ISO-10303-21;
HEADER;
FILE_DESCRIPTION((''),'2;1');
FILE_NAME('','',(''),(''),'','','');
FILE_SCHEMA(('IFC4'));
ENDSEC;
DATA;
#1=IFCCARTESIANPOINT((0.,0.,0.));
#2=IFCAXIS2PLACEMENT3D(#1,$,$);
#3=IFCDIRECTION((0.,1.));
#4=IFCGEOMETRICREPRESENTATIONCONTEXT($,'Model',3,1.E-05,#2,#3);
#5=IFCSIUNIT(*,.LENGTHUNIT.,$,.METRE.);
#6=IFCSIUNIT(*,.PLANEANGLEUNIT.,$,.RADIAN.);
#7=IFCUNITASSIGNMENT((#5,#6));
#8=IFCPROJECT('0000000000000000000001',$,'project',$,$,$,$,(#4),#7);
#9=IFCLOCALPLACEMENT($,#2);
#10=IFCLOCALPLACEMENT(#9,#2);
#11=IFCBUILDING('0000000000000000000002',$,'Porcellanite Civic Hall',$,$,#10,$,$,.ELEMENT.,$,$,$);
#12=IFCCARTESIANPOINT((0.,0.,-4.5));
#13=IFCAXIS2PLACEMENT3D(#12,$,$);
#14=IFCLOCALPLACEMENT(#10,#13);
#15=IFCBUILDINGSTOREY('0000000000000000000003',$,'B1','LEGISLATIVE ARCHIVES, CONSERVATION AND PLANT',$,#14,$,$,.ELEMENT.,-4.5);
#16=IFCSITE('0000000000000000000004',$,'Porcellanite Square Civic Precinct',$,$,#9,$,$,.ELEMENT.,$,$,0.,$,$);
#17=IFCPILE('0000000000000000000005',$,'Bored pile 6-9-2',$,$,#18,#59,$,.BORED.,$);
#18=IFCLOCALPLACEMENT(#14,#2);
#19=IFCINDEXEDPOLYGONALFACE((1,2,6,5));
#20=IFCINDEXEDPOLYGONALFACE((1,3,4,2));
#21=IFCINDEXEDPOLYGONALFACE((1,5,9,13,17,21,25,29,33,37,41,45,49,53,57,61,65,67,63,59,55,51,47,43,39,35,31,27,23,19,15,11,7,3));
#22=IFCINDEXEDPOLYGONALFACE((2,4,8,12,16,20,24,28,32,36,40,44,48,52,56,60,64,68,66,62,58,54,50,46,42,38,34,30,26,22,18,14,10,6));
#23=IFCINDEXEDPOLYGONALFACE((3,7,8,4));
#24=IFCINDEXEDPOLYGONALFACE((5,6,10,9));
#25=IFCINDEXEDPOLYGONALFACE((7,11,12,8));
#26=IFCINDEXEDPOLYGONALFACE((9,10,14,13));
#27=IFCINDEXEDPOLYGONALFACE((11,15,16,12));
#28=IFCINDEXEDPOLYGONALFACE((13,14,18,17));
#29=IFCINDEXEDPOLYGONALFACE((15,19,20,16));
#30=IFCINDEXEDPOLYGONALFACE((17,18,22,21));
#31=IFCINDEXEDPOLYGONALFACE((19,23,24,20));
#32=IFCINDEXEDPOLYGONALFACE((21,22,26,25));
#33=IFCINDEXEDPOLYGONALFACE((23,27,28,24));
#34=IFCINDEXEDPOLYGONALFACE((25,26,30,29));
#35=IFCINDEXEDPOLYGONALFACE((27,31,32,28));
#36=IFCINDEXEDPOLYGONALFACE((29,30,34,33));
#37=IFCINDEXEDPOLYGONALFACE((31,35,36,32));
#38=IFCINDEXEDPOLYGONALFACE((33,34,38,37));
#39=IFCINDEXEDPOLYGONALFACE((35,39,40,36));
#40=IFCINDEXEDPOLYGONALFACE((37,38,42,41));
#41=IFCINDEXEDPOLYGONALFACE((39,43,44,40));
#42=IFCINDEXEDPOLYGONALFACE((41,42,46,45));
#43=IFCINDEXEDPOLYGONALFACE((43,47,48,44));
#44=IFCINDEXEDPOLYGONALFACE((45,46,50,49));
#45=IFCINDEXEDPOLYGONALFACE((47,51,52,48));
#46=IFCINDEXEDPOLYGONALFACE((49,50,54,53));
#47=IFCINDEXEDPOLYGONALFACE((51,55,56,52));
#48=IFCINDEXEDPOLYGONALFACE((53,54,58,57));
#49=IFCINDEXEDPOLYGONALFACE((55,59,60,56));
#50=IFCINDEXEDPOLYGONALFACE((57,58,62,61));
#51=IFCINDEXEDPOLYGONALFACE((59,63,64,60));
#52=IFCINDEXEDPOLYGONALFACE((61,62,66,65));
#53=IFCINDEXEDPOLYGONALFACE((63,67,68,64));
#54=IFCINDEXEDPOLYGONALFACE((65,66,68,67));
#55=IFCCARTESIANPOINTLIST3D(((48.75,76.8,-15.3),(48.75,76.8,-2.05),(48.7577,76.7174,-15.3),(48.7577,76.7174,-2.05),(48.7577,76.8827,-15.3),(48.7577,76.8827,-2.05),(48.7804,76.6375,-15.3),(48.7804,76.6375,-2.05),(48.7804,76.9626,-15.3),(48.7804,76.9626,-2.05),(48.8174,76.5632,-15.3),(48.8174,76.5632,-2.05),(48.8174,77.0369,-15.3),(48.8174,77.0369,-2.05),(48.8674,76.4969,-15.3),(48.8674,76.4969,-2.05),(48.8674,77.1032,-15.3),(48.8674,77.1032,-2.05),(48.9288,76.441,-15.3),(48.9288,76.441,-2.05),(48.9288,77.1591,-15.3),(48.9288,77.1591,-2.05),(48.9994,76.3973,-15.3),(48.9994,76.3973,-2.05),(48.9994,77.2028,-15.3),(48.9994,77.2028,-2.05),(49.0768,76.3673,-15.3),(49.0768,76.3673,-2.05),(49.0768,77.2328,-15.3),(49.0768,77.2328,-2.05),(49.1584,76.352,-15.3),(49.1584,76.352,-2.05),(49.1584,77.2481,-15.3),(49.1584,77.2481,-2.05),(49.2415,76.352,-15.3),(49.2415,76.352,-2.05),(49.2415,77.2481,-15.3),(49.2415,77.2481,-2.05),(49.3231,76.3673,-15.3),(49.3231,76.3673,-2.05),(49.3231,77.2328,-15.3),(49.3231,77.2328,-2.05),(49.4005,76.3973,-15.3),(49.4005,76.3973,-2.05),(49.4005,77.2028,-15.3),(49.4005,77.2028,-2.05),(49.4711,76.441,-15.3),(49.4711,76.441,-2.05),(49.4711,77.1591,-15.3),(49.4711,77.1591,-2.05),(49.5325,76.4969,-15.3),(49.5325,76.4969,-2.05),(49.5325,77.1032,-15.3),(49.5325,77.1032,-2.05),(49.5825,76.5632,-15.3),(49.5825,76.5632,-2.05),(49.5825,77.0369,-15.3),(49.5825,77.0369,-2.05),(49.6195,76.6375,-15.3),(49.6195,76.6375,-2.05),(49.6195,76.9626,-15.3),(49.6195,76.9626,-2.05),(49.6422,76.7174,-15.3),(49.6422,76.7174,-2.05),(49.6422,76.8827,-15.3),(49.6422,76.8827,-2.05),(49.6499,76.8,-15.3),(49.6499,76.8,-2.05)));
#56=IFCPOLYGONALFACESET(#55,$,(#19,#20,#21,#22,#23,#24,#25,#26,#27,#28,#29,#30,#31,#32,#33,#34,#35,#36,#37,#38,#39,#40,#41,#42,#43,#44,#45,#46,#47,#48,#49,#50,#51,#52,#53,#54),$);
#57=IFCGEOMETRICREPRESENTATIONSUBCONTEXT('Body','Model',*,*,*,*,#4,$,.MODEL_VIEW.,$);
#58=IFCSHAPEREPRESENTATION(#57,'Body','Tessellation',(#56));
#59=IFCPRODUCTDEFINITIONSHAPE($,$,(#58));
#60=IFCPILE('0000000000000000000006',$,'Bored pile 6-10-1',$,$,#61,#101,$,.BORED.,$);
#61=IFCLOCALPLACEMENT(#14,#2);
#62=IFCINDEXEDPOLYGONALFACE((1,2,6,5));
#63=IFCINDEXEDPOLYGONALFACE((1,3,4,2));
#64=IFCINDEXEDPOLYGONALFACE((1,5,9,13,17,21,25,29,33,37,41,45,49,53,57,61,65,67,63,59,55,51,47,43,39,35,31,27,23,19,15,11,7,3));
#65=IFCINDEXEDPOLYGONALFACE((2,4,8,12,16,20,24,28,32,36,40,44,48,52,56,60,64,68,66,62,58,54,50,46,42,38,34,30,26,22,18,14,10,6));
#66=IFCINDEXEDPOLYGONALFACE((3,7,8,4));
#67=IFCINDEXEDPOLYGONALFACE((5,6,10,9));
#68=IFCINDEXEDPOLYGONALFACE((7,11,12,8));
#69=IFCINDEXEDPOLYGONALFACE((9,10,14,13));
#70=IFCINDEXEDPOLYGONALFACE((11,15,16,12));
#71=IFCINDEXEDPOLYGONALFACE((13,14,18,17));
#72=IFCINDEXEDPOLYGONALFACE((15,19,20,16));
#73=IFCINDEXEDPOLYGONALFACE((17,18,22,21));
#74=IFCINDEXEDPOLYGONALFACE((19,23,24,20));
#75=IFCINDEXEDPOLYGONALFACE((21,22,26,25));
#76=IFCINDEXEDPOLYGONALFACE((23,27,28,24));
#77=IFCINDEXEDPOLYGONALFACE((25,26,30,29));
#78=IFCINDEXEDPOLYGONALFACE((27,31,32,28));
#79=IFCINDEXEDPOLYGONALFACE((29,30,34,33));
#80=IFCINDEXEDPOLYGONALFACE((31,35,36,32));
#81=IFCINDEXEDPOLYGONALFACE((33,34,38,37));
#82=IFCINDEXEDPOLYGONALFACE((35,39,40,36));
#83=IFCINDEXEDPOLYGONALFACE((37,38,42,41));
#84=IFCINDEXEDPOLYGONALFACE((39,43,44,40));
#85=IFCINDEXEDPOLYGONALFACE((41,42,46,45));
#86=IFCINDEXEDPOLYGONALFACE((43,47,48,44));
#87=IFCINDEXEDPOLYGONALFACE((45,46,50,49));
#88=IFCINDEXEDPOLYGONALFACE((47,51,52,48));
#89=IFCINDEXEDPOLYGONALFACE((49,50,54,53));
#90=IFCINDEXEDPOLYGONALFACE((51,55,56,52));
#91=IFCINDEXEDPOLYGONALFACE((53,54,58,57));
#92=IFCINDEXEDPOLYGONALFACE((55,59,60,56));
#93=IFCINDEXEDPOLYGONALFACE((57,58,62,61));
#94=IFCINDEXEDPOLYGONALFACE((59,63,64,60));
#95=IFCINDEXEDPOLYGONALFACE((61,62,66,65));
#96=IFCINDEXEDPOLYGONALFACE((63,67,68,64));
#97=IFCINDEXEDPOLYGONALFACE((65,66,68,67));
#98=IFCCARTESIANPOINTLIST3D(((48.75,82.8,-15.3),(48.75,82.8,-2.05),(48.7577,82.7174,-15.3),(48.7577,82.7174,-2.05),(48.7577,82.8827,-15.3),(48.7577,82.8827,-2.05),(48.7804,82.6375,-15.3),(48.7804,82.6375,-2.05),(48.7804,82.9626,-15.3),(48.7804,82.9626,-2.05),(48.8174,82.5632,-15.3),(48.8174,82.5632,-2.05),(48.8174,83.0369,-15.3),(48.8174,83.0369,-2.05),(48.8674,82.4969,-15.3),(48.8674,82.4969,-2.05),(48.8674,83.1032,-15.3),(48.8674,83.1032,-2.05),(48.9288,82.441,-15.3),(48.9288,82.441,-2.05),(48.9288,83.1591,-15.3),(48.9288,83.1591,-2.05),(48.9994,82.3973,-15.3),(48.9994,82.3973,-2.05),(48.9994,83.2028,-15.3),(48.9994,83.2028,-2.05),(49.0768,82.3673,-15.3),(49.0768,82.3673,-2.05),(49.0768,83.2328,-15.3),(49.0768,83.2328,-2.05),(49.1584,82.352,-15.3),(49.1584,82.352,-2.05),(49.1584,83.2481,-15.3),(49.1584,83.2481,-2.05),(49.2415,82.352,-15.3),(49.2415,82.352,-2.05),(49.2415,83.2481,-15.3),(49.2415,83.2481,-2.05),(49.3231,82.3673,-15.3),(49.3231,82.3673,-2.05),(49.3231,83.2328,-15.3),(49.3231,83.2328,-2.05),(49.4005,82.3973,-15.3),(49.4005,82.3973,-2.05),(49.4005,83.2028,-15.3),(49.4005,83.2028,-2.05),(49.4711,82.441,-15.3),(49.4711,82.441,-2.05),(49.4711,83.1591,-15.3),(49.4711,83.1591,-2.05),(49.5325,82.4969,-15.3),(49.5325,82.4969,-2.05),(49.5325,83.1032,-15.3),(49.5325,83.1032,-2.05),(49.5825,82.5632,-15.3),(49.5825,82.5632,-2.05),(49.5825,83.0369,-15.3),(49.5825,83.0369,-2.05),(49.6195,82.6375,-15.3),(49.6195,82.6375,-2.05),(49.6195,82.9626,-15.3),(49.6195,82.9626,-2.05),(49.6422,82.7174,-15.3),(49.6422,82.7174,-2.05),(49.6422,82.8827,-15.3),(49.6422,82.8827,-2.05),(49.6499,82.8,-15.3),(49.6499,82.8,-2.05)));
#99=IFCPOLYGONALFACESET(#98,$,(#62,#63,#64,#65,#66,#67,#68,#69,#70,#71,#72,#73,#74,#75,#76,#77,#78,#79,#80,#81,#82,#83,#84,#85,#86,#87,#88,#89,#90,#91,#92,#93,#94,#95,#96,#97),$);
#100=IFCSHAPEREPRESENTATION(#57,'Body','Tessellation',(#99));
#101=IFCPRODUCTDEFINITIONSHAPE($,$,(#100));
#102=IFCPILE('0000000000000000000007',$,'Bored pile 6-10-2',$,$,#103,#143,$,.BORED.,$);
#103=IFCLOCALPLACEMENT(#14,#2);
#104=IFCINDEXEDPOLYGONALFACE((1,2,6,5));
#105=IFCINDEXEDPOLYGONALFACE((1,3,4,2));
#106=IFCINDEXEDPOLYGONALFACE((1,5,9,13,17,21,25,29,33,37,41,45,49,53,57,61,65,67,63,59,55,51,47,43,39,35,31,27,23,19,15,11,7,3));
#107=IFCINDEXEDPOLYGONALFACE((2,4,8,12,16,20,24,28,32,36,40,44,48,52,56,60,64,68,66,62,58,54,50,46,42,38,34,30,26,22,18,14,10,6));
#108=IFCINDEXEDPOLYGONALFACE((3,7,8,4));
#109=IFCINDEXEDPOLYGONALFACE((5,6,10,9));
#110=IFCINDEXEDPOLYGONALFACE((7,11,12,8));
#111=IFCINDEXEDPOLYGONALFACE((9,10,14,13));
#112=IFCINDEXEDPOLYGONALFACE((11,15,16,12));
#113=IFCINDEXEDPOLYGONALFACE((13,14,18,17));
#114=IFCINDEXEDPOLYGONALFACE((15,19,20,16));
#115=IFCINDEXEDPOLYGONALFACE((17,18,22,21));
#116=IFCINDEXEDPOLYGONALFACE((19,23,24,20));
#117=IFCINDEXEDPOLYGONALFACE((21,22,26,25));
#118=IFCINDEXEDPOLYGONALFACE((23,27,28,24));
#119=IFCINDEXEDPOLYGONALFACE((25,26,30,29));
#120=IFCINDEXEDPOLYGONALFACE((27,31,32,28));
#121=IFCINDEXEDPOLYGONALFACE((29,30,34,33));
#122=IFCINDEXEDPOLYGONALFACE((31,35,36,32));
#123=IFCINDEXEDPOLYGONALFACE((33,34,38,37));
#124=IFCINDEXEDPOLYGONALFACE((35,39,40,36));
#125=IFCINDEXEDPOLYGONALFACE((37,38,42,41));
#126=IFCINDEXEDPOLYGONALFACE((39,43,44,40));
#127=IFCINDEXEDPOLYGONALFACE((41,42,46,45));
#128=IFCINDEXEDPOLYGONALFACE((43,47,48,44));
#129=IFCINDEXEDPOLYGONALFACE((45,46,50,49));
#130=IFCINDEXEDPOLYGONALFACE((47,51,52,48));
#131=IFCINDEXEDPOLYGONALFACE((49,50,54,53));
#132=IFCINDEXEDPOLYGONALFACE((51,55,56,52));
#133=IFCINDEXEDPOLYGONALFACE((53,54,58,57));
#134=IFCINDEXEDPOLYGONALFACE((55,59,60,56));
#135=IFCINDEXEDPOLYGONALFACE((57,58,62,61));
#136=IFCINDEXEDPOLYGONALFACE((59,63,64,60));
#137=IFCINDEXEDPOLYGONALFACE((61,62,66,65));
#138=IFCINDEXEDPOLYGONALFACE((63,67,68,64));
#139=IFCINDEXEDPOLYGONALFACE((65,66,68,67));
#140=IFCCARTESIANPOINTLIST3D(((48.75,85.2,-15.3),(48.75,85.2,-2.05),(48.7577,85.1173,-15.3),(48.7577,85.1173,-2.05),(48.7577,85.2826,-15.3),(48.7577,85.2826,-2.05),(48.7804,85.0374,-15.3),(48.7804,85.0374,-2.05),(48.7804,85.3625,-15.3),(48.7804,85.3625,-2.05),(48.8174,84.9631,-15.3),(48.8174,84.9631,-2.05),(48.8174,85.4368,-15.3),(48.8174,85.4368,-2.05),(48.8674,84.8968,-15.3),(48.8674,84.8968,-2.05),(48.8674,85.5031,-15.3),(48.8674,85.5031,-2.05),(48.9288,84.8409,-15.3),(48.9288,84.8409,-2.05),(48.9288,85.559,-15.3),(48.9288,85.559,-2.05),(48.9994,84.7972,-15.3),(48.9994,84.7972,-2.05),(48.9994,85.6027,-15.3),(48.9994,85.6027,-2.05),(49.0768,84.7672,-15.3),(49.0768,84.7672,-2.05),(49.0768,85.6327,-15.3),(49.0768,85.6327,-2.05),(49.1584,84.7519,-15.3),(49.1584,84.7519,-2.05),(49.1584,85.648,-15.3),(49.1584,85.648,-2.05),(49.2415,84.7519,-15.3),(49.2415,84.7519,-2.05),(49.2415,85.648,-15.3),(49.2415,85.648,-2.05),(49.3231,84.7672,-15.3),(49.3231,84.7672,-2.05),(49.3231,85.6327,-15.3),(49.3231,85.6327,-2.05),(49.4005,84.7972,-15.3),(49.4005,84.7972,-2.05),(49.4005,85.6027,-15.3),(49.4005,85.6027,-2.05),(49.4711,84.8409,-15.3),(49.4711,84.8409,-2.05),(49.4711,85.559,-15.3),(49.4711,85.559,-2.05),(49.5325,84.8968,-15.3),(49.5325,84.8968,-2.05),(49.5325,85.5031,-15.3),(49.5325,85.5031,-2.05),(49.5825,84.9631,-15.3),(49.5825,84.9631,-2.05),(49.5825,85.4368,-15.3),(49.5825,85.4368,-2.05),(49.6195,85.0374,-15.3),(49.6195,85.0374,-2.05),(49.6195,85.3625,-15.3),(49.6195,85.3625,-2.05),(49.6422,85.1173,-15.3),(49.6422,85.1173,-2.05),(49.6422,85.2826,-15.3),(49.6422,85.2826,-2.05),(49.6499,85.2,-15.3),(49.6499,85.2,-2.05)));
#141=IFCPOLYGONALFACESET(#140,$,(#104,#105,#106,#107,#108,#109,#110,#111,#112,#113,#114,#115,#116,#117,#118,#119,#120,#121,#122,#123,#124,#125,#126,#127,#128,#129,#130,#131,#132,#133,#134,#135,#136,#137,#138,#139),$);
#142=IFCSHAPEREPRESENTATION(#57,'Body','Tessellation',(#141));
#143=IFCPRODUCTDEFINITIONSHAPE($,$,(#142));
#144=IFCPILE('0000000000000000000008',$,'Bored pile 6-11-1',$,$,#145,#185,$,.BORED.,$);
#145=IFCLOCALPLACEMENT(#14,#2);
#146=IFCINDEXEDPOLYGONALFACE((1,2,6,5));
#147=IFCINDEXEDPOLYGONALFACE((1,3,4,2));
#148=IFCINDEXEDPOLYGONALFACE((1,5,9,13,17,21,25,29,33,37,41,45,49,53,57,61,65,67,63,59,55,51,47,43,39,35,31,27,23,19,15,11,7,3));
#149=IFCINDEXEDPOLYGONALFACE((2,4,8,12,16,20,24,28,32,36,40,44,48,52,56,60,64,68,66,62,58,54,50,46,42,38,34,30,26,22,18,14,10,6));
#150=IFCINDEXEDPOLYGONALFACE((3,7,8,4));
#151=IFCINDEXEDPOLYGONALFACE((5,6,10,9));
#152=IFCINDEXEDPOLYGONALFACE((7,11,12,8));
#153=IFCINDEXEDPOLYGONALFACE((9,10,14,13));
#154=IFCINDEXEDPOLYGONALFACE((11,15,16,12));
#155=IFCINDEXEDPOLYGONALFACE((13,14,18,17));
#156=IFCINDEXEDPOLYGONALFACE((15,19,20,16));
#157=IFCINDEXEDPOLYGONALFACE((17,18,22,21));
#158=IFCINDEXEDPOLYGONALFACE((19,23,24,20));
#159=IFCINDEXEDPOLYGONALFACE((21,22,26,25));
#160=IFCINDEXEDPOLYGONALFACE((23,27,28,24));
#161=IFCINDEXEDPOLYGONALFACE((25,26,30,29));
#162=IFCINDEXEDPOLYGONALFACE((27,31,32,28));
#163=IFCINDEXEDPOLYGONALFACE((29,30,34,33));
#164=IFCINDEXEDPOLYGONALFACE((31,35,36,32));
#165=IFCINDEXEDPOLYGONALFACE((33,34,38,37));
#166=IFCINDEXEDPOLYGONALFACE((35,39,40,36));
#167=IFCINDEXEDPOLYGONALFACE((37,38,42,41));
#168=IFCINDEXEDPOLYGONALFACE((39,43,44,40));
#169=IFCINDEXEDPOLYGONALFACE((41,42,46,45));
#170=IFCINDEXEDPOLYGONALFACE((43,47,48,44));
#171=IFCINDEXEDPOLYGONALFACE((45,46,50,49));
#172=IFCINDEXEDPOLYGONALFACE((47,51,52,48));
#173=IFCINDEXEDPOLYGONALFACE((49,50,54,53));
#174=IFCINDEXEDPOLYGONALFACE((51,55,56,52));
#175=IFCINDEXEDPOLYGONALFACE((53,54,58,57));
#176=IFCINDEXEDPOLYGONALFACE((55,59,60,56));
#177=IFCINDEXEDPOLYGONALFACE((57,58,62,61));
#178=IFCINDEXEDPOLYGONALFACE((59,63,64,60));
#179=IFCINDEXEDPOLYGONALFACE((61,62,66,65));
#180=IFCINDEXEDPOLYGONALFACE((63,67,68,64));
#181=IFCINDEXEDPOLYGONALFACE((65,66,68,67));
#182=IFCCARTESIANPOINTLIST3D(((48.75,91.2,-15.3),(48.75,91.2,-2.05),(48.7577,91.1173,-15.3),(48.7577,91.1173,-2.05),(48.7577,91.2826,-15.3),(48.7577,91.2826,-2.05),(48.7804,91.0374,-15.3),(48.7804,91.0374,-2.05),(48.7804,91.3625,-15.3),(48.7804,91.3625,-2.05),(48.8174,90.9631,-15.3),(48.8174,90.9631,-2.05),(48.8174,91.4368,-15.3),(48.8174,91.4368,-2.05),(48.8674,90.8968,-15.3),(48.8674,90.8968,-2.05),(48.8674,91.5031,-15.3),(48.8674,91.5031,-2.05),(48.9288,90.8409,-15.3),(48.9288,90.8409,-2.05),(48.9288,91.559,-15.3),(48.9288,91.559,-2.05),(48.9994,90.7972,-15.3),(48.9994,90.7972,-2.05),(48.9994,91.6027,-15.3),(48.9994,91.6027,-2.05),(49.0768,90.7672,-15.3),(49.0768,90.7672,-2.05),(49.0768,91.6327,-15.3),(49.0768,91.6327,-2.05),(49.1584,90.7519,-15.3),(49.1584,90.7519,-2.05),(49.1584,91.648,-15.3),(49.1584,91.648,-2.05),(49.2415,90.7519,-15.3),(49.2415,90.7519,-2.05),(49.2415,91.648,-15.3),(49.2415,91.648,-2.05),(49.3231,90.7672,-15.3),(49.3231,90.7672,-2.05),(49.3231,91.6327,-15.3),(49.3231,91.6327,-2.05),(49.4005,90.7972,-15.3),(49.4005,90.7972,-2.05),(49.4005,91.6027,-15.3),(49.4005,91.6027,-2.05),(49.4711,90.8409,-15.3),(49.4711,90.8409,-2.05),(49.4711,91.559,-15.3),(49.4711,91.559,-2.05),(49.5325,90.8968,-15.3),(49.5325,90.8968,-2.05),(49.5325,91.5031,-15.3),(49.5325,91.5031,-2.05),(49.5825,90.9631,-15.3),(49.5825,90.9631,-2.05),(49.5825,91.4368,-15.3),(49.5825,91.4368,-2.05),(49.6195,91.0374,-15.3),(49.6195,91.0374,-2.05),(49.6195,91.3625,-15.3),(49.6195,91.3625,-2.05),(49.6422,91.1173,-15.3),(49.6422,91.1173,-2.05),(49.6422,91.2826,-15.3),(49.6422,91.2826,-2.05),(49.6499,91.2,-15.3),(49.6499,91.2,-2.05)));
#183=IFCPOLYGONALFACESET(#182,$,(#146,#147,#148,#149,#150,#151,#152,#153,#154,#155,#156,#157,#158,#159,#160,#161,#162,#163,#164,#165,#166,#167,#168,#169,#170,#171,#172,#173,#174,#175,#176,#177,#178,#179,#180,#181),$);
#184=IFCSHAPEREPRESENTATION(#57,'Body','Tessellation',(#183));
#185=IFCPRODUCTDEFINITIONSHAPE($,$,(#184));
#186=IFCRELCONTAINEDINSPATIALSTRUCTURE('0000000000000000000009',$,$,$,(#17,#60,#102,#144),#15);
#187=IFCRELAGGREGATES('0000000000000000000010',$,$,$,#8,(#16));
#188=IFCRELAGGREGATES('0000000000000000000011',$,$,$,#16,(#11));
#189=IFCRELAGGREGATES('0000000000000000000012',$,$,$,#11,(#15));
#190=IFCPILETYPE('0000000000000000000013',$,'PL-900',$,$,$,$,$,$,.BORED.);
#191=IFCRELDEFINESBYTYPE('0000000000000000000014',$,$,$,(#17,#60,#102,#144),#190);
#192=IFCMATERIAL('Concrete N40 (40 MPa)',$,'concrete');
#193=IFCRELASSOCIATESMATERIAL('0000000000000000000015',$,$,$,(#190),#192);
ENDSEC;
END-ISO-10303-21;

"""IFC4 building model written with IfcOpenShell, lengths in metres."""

from ifc_helpers import new_model, si_unit, direction, frame, origin, origin_2d, place, context, subcontext, project, spatial, circle, extrude, material, material_profile, profile_set, type_object, element, save


model = new_model("IFC4")

# Units and contexts
model_context = context("Model", 3, precision=1e-05, world=origin(), true_north=direction((0.0, 1.0)))
body_context = subcontext(model_context, "Body", "Model", "MODEL_VIEW")
ifc_project = project(units=[si_unit("LENGTHUNIT", "METRE"), si_unit("PLANEANGLEUNIT", "RADIAN")], contexts=[model_context])

# Site, building, storey
site_placement = place(None, origin())
site = spatial("IfcSite", under=ifc_project, at=site_placement, Name="Porcellanite Square Civic Precinct", CompositionType="ELEMENT", RefElevation=0.0)
building_placement = place(site_placement, origin())
building = spatial("IfcBuilding", under=site, at=building_placement, Name="Porcellanite Civic Hall", CompositionType="ELEMENT")
storey_placement = place(building_placement, frame((0.0, 0.0, -4.5)))
storey = spatial("IfcBuildingStorey", under=building, at=storey_placement, Name="B1", Description="LEGISLATIVE ARCHIVES, CONSERVATION AND PLANT", CompositionType="ELEMENT", Elevation=-4.5)

# Piles
ifc_material_1 = material(Name="Concrete N40 (40 MPa)", Category="concrete")
ifc_material_profile_1 = material_profile(ifc_material_1, circle(Radius=0.45, at=origin_2d()), Name="PILE-D900")
ifc_profile_set_1 = profile_set([ifc_material_profile_1], Name="Concrete N40 (40 MPa)")
pile_type_1 = type_object("IfcPileType", Name="PL-900", PredefinedType="BORED", material=ifc_profile_set_1)
for number, where, z_axis, x_axis, name in (
    (1, (49.2, 76.8, -2.05), (0.0, 0.0, -1.0), (1.0, 0.0, 0.0), "Bored pile 6-9-2"),
    (2, (49.2, 82.8, -2.05), (0.0, 0.0, -1.0), (1.0, 0.0, 0.0), "Bored pile 6-10-1"),
    (3, (49.2, 85.2, -2.05), (0.0, 0.0, -1.0), (1.0, 0.0, 0.0), "Bored pile 6-10-2"),
    (4, (49.2, 91.2, -2.05), (0.0, 0.0, -1.0), (1.0, 0.0, 0.0), "Bored pile 6-11-1"),
):
    element("IfcPile", number, at=place(storey_placement, frame(where, z_axis=z_axis, x_axis=x_axis)), inside=storey, type_object=pile_type_1, Name=name, PredefinedType="BORED", context=body_context, shape_type="SweptSolid", body=[
        extrude(circle(Radius=0.45, at=origin_2d()), origin(), (0.0, 0.0, 1.0), 13.25),
    ])

save(model, "model.ifc")
